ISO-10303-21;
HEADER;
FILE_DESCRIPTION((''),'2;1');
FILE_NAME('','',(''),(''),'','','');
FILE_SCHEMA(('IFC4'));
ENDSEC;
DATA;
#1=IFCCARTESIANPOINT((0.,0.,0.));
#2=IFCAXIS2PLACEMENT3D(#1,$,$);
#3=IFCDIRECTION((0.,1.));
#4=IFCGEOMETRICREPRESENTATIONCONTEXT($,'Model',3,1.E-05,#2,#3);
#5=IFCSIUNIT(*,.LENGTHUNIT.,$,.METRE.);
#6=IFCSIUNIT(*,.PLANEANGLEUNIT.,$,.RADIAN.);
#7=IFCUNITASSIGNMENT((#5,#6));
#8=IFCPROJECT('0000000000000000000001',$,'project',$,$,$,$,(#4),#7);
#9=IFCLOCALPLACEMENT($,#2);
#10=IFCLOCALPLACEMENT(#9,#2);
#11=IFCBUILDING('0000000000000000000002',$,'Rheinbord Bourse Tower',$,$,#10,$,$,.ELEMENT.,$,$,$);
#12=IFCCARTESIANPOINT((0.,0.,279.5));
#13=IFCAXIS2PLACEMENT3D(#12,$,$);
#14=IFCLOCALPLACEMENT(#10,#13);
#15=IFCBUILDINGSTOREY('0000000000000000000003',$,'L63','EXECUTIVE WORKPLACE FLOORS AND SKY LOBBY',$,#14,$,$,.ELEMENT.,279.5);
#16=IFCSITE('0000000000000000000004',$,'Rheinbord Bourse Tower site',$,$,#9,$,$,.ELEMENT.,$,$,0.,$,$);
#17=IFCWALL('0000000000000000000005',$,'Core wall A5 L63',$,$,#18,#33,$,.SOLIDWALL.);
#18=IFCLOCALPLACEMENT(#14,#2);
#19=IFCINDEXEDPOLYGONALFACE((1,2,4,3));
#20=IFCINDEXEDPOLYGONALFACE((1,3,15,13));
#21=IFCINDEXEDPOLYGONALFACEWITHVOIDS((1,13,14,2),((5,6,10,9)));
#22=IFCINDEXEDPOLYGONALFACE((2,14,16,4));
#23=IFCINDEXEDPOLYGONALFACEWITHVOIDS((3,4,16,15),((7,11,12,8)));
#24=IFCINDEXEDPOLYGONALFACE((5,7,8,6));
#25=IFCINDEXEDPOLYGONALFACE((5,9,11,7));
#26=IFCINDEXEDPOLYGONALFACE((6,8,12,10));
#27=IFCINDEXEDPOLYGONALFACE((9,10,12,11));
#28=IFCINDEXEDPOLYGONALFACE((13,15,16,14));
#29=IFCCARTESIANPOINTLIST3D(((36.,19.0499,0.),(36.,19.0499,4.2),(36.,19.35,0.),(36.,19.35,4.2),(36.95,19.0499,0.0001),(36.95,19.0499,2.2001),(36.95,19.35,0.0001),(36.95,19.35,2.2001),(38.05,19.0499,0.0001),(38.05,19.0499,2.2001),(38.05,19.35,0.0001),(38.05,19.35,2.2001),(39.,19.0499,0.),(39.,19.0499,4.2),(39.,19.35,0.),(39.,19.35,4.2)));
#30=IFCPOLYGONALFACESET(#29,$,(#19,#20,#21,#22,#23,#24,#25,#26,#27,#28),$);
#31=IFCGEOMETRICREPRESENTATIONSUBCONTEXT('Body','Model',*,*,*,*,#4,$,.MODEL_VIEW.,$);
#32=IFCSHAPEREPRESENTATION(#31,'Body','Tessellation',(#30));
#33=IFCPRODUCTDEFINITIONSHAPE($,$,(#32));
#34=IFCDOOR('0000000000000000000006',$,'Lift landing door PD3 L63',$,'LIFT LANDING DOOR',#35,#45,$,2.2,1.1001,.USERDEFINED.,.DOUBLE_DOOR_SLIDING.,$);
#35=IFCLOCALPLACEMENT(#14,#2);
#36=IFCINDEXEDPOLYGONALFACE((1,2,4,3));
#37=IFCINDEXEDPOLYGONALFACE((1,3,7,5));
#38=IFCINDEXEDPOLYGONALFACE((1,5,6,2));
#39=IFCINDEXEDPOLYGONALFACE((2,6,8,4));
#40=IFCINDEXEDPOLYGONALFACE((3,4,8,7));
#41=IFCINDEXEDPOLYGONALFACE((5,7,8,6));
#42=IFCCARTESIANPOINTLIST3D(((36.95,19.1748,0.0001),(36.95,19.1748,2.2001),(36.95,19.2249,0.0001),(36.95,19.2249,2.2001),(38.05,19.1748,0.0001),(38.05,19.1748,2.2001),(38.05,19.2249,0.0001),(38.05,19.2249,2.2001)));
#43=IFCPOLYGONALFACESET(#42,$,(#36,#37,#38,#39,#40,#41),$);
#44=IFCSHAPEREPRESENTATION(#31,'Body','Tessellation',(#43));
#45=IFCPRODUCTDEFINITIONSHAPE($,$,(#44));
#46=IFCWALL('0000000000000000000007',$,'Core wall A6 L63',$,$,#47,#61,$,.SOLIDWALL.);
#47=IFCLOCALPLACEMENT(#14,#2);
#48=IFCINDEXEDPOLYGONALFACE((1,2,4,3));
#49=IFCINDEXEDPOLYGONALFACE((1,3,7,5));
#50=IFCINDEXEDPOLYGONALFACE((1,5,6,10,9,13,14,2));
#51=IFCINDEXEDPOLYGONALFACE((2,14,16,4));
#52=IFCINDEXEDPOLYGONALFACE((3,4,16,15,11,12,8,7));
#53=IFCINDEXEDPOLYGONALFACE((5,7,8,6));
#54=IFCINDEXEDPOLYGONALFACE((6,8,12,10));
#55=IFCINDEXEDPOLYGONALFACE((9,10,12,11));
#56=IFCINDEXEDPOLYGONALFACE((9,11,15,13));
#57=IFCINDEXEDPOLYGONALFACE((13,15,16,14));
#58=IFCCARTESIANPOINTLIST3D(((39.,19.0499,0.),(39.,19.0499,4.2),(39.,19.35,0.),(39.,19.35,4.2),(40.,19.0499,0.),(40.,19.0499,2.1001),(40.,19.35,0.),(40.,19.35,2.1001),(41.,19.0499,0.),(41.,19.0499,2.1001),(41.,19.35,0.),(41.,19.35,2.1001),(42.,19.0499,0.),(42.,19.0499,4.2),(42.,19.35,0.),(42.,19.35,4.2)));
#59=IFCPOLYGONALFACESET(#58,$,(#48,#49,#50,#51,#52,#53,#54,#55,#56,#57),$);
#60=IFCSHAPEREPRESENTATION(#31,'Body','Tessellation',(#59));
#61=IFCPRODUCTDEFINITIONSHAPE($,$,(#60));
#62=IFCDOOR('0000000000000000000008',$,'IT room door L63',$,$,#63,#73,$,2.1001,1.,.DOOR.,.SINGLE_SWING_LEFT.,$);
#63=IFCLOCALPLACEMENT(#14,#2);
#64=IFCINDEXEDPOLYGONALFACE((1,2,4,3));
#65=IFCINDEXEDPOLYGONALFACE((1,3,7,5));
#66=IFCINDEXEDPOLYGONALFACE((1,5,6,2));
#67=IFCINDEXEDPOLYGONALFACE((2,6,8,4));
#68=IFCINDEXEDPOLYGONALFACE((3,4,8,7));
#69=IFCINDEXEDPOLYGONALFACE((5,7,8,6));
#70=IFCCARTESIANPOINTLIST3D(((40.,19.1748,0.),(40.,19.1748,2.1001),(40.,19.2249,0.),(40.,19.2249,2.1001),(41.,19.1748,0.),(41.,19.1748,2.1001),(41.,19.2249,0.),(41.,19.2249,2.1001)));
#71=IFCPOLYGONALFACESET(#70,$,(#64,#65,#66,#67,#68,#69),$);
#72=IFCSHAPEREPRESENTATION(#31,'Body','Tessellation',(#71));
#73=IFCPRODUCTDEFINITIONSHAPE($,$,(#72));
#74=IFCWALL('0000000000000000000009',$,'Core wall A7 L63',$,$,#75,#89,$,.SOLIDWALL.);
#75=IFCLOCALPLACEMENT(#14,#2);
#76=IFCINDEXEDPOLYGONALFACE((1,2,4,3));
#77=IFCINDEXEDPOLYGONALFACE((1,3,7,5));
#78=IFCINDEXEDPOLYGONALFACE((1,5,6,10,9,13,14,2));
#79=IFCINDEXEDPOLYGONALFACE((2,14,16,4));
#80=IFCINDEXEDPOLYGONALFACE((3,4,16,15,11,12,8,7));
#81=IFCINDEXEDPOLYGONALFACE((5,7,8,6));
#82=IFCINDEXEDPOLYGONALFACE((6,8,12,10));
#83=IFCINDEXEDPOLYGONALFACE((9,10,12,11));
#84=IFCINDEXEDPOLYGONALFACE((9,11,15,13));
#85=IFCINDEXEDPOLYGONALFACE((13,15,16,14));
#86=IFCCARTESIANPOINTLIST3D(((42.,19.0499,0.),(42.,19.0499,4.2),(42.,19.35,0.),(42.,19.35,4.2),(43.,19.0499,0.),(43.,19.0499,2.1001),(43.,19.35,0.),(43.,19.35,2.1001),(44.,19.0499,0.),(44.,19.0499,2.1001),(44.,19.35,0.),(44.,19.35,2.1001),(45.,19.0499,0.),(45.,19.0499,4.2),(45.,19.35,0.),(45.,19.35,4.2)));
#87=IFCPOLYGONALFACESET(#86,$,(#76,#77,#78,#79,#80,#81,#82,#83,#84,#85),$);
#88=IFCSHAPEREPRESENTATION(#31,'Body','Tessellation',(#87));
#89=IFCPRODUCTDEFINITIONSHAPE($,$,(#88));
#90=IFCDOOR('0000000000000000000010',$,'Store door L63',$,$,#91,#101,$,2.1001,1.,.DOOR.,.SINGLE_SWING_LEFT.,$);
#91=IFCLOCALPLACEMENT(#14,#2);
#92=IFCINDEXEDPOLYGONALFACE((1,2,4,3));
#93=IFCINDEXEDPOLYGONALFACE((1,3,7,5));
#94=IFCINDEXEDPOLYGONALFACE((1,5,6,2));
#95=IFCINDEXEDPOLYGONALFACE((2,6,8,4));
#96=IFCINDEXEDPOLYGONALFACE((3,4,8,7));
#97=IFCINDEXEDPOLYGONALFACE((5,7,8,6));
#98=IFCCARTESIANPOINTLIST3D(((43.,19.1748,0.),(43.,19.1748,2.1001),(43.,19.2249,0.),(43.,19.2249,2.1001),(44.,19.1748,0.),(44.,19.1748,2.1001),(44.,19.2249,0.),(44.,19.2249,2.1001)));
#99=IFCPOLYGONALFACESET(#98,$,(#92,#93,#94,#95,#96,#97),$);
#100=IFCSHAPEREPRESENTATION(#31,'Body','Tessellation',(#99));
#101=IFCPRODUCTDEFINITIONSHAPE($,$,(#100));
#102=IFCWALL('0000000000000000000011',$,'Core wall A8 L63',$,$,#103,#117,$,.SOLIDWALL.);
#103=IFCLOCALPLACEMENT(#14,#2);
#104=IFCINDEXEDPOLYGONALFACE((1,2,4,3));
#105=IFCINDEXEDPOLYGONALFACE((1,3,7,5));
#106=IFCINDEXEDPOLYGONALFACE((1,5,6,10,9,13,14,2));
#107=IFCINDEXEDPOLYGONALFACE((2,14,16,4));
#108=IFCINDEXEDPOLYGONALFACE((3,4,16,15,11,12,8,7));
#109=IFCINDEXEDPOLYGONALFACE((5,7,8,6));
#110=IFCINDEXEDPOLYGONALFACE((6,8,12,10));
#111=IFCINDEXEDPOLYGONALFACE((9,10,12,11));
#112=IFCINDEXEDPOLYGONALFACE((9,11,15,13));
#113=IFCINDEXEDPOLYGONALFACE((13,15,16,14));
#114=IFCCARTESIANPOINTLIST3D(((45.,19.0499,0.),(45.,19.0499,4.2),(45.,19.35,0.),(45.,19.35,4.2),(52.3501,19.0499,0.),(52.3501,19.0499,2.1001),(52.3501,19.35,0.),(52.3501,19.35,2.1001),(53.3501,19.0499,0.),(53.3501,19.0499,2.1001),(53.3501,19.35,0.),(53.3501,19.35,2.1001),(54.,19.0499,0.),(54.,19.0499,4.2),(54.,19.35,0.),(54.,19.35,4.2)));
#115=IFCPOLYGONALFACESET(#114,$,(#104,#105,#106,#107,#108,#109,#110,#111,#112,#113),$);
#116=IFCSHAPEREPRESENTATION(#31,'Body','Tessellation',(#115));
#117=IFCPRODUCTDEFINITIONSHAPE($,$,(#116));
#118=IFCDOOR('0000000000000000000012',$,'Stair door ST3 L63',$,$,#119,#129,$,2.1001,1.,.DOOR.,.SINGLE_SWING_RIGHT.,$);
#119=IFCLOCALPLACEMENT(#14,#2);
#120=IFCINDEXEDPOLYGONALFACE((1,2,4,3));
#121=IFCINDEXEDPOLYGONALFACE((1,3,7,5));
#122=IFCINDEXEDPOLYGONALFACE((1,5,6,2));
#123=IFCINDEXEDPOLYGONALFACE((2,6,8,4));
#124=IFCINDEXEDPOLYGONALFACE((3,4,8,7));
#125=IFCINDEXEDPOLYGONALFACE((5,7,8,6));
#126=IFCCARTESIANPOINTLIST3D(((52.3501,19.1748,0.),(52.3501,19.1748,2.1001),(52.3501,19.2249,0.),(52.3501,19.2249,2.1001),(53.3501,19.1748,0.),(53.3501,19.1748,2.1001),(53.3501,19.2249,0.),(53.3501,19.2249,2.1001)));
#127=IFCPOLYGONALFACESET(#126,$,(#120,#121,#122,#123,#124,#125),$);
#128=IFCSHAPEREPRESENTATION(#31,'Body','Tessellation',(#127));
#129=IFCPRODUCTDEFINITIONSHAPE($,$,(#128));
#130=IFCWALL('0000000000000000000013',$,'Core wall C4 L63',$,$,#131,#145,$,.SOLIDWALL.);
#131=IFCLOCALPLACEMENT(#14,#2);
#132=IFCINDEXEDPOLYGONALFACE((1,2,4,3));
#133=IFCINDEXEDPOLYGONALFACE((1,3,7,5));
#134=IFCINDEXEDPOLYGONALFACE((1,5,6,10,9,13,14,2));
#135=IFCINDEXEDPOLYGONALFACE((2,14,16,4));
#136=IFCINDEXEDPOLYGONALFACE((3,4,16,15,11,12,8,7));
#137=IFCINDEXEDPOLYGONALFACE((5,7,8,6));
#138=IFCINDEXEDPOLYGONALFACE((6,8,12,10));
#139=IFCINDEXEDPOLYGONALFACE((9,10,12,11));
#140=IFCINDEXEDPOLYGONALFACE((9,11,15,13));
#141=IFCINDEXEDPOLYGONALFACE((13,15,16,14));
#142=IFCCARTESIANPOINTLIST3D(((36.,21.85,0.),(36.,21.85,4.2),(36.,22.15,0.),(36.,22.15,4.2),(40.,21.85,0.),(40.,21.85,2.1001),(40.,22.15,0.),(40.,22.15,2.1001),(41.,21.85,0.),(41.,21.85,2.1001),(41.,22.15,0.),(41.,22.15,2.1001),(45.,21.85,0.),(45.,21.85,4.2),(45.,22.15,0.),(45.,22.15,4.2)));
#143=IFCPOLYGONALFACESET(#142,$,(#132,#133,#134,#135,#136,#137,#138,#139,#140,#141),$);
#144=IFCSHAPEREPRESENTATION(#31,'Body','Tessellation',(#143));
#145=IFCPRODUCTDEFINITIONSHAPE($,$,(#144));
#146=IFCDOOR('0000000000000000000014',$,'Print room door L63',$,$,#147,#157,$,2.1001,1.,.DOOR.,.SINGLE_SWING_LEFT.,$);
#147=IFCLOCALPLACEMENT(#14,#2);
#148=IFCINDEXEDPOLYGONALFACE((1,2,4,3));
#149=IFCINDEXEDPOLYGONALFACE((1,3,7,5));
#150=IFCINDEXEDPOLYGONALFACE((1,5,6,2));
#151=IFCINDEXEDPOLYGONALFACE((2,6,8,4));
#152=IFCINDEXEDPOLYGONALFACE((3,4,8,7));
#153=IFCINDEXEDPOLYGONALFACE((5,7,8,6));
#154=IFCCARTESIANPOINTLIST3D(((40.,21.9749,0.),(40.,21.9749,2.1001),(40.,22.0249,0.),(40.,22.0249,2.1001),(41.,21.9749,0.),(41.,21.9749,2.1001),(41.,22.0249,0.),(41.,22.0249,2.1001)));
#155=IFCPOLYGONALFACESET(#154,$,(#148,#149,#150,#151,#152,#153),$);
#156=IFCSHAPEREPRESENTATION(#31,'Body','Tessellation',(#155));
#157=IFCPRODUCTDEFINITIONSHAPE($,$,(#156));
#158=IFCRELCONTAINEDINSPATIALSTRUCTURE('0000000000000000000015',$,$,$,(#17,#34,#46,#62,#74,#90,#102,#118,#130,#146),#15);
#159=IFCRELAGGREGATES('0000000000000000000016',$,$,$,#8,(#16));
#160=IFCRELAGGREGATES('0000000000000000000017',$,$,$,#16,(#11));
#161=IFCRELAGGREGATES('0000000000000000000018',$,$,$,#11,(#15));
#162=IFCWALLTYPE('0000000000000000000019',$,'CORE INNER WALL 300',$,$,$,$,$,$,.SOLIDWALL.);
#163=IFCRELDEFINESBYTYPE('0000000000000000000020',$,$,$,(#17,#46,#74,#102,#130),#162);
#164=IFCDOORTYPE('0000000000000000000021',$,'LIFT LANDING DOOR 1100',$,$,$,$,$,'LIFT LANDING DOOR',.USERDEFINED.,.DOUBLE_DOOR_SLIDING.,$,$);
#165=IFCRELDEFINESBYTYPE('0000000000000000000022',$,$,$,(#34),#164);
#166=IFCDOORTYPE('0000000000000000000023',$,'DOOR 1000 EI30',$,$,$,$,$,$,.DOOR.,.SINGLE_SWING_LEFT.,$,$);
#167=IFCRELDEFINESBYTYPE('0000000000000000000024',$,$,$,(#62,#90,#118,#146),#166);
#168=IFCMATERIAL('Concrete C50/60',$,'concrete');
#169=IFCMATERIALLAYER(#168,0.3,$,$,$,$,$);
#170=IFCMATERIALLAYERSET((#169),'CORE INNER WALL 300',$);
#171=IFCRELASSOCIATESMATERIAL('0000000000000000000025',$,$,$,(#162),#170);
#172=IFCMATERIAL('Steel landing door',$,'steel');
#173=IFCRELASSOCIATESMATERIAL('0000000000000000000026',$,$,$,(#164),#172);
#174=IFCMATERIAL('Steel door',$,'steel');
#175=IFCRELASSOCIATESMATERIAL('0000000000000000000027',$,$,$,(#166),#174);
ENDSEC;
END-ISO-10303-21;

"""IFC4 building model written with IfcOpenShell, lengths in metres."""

from ifc_helpers import new_model, si_unit, direction, frame, frame_2d, origin, place, context, subcontext, project, spatial, rectangle, extrude, material, layer, layer_set, type_object, element, fill, save


model = new_model("IFC4")

# Units and contexts
model_context = context("Model", 3, precision=1e-05, world=origin(), true_north=direction((0.0, 1.0)))
body_context = subcontext(model_context, "Body", "Model", "MODEL_VIEW")
ifc_project = project(units=[si_unit("LENGTHUNIT", "METRE"), si_unit("PLANEANGLEUNIT", "RADIAN")], contexts=[model_context])

# Site, building, storey
site_placement = place(None, origin())
site = spatial("IfcSite", under=ifc_project, at=site_placement, Name="Rheinbord Bourse Tower site", CompositionType="ELEMENT", RefElevation=0.0)
building_placement = place(site_placement, origin())
building = spatial("IfcBuilding", under=site, at=building_placement, Name="Rheinbord Bourse Tower", CompositionType="ELEMENT")
storey_placement = place(building_placement, frame((0.0, 0.0, 279.5)))
storey = spatial("IfcBuildingStorey", under=building, at=storey_placement, Name="L63", Description="EXECUTIVE WORKPLACE FLOORS AND SKY LOBBY", CompositionType="ELEMENT", Elevation=279.5)

# Walls, openings, doors
ifc_material_1 = material(Name="Concrete C50/60", Category="concrete")
ifc_layer = layer(ifc_material_1, 0.3)
ifc_layer_set = layer_set([ifc_layer], Name="CORE INNER WALL 300")
wall_type = type_object("IfcWallType", Name="CORE INNER WALL 300", PredefinedType="SOLIDWALL", material=ifc_layer_set)
wall_1_placement = place(storey_placement, frame((36.0, 19.2, 0.0), z_axis=(0.0, 0.0, 1.0), x_axis=(1.0, 0.0, 0.0)))
wall_1 = element("IfcWall", 1, at=wall_1_placement, inside=storey, type_object=wall_type, Name="Core wall A5 L63", PredefinedType="SOLIDWALL", context=body_context, shape_type="SweptSolid", body=[
    extrude(rectangle(XDim=3.0, YDim=0.3, at=frame_2d((1.5, 0.0))), origin(), (0.0, 0.0, 1.0), 4.2),
])
opening_1_placement = place(wall_1_placement, frame((0.95, 0.0, 0.0)))
opening_1 = element("IfcOpeningElement", 2, at=opening_1_placement, cuts=wall_1, PredefinedType="OPENING", context=body_context, shape_type="SweptSolid", body=[
    extrude(rectangle(XDim=1.1001, YDim=2.2, at=frame_2d((0.55, 1.1001))), frame((0.0, 0.1599, 0.0), z_axis=(0.0, -1.0, 0.0), x_axis=(1.0, 0.0, 0.0)), (0.0, 0.0, 1.0), 0.3201),
])
ifc_material_2 = material(Name="Steel landing door", Category="steel")
door_type_1 = type_object("IfcDoorType", Name="LIFT LANDING DOOR 1100", ElementType="LIFT LANDING DOOR", OperationType="DOUBLE_DOOR_SLIDING", PredefinedType="USERDEFINED", material=ifc_material_2)
door_1_placement = place(opening_1_placement, origin())
door_1 = element("IfcDoor", 3, at=door_1_placement, inside=storey, type_object=door_type_1, Name="Lift landing door PD3 L63", ObjectType="LIFT LANDING DOOR", OperationType="DOUBLE_DOOR_SLIDING", OverallHeight=2.2, OverallWidth=1.1001, PredefinedType="USERDEFINED", context=body_context, shape_type="SweptSolid", body=[
    extrude(rectangle(XDim=1.1001, YDim=2.2, at=frame_2d((0.55, 1.1001))), frame((0.0, 0.0249, 0.0), z_axis=(0.0, -1.0, 0.0), x_axis=(1.0, 0.0, 0.0)), (0.0, 0.0, 1.0), 0.05),
])
fill(opening_1, door_1)
wall_2_placement = place(storey_placement, frame((39.0, 19.2, 0.0), z_axis=(0.0, 0.0, 1.0), x_axis=(1.0, 0.0, 0.0)))
wall_2 = element("IfcWall", 4, at=wall_2_placement, inside=storey, type_object=wall_type, Name="Core wall A6 L63", PredefinedType="SOLIDWALL", context=body_context, shape_type="SweptSolid", body=[
    extrude(rectangle(XDim=3.0, YDim=0.3, at=frame_2d((1.5, 0.0))), origin(), (0.0, 0.0, 1.0), 4.2),
])
opening_2_placement = place(wall_2_placement, frame((1.0, 0.0, 0.0)))
opening_2 = element("IfcOpeningElement", 5, at=opening_2_placement, cuts=wall_2, PredefinedType="OPENING", context=body_context, shape_type="SweptSolid", body=[
    extrude(rectangle(XDim=1.0, YDim=2.1001, at=frame_2d((0.5, 1.05))), frame((0.0, 0.1599, 0.0), z_axis=(0.0, -1.0, 0.0), x_axis=(1.0, 0.0, 0.0)), (0.0, 0.0, 1.0), 0.3201),
])
ifc_material_3 = material(Name="Steel door", Category="steel")
door_type_2 = type_object("IfcDoorType", Name="DOOR 1000 EI30", OperationType="SINGLE_SWING_LEFT", PredefinedType="DOOR", material=ifc_material_3)
door_2_placement = place(opening_2_placement, origin())
door_2 = element("IfcDoor", 6, at=door_2_placement, inside=storey, type_object=door_type_2, Name="IT room door L63", OperationType="SINGLE_SWING_LEFT", OverallHeight=2.1001, OverallWidth=1.0, PredefinedType="DOOR", context=body_context, shape_type="SweptSolid", body=[
    extrude(rectangle(XDim=1.0, YDim=2.1001, at=frame_2d((0.5, 1.05))), frame((0.0, 0.0249, 0.0), z_axis=(0.0, -1.0, 0.0), x_axis=(1.0, 0.0, 0.0)), (0.0, 0.0, 1.0), 0.05),
])
fill(opening_2, door_2)
wall_3_placement = place(storey_placement, frame((42.0, 19.2, 0.0), z_axis=(0.0, 0.0, 1.0), x_axis=(1.0, 0.0, 0.0)))
wall_3 = element("IfcWall", 7, at=wall_3_placement, inside=storey, type_object=wall_type, Name="Core wall A7 L63", PredefinedType="SOLIDWALL", context=body_context, shape_type="SweptSolid", body=[
    extrude(rectangle(XDim=3.0, YDim=0.3, at=frame_2d((1.5, 0.0))), origin(), (0.0, 0.0, 1.0), 4.2),
])
opening_3_placement = place(wall_3_placement, frame((1.0, 0.0, 0.0)))
opening_3 = element("IfcOpeningElement", 8, at=opening_3_placement, cuts=wall_3, PredefinedType="OPENING", context=body_context, shape_type="SweptSolid", body=[
    extrude(rectangle(XDim=1.0, YDim=2.1001, at=frame_2d((0.5, 1.05))), frame((0.0, 0.1599, 0.0), z_axis=(0.0, -1.0, 0.0), x_axis=(1.0, 0.0, 0.0)), (0.0, 0.0, 1.0), 0.3201),
])
door_3_placement = place(opening_3_placement, origin())
door_3 = element("IfcDoor", 9, at=door_3_placement, inside=storey, type_object=door_type_2, Name="Store door L63", OperationType="SINGLE_SWING_LEFT", OverallHeight=2.1001, OverallWidth=1.0, PredefinedType="DOOR", context=body_context, shape_type="SweptSolid", body=[
    extrude(rectangle(XDim=1.0, YDim=2.1001, at=frame_2d((0.5, 1.05))), frame((0.0, 0.0249, 0.0), z_axis=(0.0, -1.0, 0.0), x_axis=(1.0, 0.0, 0.0)), (0.0, 0.0, 1.0), 0.05),
])
fill(opening_3, door_3)
wall_4_placement = place(storey_placement, frame((45.0, 19.2, 0.0), z_axis=(0.0, 0.0, 1.0), x_axis=(1.0, 0.0, 0.0)))
wall_4 = element("IfcWall", 10, at=wall_4_placement, inside=storey, type_object=wall_type, Name="Core wall A8 L63", PredefinedType="SOLIDWALL", context=body_context, shape_type="SweptSolid", body=[
    extrude(rectangle(XDim=9.0, YDim=0.3, at=frame_2d((4.5, 0.0))), origin(), (0.0, 0.0, 1.0), 4.2),
])
opening_4_placement = place(wall_4_placement, frame((7.3501, 0.0, 0.0)))
opening_4 = element("IfcOpeningElement", 11, at=opening_4_placement, cuts=wall_4, PredefinedType="OPENING", context=body_context, shape_type="SweptSolid", body=[
    extrude(rectangle(XDim=1.0, YDim=2.1001, at=frame_2d((0.5, 1.05))), frame((0.0, 0.1599, 0.0), z_axis=(0.0, -1.0, 0.0), x_axis=(1.0, 0.0, 0.0)), (0.0, 0.0, 1.0), 0.3201),
])
door_4_placement = place(opening_4_placement, origin())
door_4 = element("IfcDoor", 12, at=door_4_placement, inside=storey, type_object=door_type_2, Name="Stair door ST3 L63", OperationType="SINGLE_SWING_RIGHT", OverallHeight=2.1001, OverallWidth=1.0, PredefinedType="DOOR", context=body_context, shape_type="SweptSolid", body=[
    extrude(rectangle(XDim=1.0, YDim=2.1001, at=frame_2d((0.5, 1.05))), frame((0.0, 0.0249, 0.0), z_axis=(0.0, -1.0, 0.0), x_axis=(1.0, 0.0, 0.0)), (0.0, 0.0, 1.0), 0.05),
])
fill(opening_4, door_4)
wall_5_placement = place(storey_placement, frame((36.0, 22.0, 0.0), z_axis=(0.0, 0.0, 1.0), x_axis=(1.0, 0.0, 0.0)))
wall_5 = element("IfcWall", 13, at=wall_5_placement, inside=storey, type_object=wall_type, Name="Core wall C4 L63", PredefinedType="SOLIDWALL", context=body_context, shape_type="SweptSolid", body=[
    extrude(rectangle(XDim=9.0, YDim=0.3, at=frame_2d((4.5, 0.0))), origin(), (0.0, 0.0, 1.0), 4.2),
])
opening_5_placement = place(wall_5_placement, frame((4.0, 0.0, 0.0)))
opening_5 = element("IfcOpeningElement", 14, at=opening_5_placement, cuts=wall_5, PredefinedType="OPENING", context=body_context, shape_type="SweptSolid", body=[
    extrude(rectangle(XDim=1.0, YDim=2.1001, at=frame_2d((0.5, 1.05))), frame((0.0, 0.1599, 0.0), z_axis=(0.0, -1.0, 0.0), x_axis=(1.0, 0.0, 0.0)), (0.0, 0.0, 1.0), 0.3201),
])
door_5_placement = place(opening_5_placement, origin())
door_5 = element("IfcDoor", 15, at=door_5_placement, inside=storey, type_object=door_type_2, Name="Print room door L63", OperationType="SINGLE_SWING_LEFT", OverallHeight=2.1001, OverallWidth=1.0, PredefinedType="DOOR", context=body_context, shape_type="SweptSolid", body=[
    extrude(rectangle(XDim=1.0, YDim=2.1001, at=frame_2d((0.5, 1.05))), frame((0.0, 0.0249, 0.0), z_axis=(0.0, -1.0, 0.0), x_axis=(1.0, 0.0, 0.0)), (0.0, 0.0, 1.0), 0.05),
])
fill(opening_5, door_5)

save(model, "model.ifc")
